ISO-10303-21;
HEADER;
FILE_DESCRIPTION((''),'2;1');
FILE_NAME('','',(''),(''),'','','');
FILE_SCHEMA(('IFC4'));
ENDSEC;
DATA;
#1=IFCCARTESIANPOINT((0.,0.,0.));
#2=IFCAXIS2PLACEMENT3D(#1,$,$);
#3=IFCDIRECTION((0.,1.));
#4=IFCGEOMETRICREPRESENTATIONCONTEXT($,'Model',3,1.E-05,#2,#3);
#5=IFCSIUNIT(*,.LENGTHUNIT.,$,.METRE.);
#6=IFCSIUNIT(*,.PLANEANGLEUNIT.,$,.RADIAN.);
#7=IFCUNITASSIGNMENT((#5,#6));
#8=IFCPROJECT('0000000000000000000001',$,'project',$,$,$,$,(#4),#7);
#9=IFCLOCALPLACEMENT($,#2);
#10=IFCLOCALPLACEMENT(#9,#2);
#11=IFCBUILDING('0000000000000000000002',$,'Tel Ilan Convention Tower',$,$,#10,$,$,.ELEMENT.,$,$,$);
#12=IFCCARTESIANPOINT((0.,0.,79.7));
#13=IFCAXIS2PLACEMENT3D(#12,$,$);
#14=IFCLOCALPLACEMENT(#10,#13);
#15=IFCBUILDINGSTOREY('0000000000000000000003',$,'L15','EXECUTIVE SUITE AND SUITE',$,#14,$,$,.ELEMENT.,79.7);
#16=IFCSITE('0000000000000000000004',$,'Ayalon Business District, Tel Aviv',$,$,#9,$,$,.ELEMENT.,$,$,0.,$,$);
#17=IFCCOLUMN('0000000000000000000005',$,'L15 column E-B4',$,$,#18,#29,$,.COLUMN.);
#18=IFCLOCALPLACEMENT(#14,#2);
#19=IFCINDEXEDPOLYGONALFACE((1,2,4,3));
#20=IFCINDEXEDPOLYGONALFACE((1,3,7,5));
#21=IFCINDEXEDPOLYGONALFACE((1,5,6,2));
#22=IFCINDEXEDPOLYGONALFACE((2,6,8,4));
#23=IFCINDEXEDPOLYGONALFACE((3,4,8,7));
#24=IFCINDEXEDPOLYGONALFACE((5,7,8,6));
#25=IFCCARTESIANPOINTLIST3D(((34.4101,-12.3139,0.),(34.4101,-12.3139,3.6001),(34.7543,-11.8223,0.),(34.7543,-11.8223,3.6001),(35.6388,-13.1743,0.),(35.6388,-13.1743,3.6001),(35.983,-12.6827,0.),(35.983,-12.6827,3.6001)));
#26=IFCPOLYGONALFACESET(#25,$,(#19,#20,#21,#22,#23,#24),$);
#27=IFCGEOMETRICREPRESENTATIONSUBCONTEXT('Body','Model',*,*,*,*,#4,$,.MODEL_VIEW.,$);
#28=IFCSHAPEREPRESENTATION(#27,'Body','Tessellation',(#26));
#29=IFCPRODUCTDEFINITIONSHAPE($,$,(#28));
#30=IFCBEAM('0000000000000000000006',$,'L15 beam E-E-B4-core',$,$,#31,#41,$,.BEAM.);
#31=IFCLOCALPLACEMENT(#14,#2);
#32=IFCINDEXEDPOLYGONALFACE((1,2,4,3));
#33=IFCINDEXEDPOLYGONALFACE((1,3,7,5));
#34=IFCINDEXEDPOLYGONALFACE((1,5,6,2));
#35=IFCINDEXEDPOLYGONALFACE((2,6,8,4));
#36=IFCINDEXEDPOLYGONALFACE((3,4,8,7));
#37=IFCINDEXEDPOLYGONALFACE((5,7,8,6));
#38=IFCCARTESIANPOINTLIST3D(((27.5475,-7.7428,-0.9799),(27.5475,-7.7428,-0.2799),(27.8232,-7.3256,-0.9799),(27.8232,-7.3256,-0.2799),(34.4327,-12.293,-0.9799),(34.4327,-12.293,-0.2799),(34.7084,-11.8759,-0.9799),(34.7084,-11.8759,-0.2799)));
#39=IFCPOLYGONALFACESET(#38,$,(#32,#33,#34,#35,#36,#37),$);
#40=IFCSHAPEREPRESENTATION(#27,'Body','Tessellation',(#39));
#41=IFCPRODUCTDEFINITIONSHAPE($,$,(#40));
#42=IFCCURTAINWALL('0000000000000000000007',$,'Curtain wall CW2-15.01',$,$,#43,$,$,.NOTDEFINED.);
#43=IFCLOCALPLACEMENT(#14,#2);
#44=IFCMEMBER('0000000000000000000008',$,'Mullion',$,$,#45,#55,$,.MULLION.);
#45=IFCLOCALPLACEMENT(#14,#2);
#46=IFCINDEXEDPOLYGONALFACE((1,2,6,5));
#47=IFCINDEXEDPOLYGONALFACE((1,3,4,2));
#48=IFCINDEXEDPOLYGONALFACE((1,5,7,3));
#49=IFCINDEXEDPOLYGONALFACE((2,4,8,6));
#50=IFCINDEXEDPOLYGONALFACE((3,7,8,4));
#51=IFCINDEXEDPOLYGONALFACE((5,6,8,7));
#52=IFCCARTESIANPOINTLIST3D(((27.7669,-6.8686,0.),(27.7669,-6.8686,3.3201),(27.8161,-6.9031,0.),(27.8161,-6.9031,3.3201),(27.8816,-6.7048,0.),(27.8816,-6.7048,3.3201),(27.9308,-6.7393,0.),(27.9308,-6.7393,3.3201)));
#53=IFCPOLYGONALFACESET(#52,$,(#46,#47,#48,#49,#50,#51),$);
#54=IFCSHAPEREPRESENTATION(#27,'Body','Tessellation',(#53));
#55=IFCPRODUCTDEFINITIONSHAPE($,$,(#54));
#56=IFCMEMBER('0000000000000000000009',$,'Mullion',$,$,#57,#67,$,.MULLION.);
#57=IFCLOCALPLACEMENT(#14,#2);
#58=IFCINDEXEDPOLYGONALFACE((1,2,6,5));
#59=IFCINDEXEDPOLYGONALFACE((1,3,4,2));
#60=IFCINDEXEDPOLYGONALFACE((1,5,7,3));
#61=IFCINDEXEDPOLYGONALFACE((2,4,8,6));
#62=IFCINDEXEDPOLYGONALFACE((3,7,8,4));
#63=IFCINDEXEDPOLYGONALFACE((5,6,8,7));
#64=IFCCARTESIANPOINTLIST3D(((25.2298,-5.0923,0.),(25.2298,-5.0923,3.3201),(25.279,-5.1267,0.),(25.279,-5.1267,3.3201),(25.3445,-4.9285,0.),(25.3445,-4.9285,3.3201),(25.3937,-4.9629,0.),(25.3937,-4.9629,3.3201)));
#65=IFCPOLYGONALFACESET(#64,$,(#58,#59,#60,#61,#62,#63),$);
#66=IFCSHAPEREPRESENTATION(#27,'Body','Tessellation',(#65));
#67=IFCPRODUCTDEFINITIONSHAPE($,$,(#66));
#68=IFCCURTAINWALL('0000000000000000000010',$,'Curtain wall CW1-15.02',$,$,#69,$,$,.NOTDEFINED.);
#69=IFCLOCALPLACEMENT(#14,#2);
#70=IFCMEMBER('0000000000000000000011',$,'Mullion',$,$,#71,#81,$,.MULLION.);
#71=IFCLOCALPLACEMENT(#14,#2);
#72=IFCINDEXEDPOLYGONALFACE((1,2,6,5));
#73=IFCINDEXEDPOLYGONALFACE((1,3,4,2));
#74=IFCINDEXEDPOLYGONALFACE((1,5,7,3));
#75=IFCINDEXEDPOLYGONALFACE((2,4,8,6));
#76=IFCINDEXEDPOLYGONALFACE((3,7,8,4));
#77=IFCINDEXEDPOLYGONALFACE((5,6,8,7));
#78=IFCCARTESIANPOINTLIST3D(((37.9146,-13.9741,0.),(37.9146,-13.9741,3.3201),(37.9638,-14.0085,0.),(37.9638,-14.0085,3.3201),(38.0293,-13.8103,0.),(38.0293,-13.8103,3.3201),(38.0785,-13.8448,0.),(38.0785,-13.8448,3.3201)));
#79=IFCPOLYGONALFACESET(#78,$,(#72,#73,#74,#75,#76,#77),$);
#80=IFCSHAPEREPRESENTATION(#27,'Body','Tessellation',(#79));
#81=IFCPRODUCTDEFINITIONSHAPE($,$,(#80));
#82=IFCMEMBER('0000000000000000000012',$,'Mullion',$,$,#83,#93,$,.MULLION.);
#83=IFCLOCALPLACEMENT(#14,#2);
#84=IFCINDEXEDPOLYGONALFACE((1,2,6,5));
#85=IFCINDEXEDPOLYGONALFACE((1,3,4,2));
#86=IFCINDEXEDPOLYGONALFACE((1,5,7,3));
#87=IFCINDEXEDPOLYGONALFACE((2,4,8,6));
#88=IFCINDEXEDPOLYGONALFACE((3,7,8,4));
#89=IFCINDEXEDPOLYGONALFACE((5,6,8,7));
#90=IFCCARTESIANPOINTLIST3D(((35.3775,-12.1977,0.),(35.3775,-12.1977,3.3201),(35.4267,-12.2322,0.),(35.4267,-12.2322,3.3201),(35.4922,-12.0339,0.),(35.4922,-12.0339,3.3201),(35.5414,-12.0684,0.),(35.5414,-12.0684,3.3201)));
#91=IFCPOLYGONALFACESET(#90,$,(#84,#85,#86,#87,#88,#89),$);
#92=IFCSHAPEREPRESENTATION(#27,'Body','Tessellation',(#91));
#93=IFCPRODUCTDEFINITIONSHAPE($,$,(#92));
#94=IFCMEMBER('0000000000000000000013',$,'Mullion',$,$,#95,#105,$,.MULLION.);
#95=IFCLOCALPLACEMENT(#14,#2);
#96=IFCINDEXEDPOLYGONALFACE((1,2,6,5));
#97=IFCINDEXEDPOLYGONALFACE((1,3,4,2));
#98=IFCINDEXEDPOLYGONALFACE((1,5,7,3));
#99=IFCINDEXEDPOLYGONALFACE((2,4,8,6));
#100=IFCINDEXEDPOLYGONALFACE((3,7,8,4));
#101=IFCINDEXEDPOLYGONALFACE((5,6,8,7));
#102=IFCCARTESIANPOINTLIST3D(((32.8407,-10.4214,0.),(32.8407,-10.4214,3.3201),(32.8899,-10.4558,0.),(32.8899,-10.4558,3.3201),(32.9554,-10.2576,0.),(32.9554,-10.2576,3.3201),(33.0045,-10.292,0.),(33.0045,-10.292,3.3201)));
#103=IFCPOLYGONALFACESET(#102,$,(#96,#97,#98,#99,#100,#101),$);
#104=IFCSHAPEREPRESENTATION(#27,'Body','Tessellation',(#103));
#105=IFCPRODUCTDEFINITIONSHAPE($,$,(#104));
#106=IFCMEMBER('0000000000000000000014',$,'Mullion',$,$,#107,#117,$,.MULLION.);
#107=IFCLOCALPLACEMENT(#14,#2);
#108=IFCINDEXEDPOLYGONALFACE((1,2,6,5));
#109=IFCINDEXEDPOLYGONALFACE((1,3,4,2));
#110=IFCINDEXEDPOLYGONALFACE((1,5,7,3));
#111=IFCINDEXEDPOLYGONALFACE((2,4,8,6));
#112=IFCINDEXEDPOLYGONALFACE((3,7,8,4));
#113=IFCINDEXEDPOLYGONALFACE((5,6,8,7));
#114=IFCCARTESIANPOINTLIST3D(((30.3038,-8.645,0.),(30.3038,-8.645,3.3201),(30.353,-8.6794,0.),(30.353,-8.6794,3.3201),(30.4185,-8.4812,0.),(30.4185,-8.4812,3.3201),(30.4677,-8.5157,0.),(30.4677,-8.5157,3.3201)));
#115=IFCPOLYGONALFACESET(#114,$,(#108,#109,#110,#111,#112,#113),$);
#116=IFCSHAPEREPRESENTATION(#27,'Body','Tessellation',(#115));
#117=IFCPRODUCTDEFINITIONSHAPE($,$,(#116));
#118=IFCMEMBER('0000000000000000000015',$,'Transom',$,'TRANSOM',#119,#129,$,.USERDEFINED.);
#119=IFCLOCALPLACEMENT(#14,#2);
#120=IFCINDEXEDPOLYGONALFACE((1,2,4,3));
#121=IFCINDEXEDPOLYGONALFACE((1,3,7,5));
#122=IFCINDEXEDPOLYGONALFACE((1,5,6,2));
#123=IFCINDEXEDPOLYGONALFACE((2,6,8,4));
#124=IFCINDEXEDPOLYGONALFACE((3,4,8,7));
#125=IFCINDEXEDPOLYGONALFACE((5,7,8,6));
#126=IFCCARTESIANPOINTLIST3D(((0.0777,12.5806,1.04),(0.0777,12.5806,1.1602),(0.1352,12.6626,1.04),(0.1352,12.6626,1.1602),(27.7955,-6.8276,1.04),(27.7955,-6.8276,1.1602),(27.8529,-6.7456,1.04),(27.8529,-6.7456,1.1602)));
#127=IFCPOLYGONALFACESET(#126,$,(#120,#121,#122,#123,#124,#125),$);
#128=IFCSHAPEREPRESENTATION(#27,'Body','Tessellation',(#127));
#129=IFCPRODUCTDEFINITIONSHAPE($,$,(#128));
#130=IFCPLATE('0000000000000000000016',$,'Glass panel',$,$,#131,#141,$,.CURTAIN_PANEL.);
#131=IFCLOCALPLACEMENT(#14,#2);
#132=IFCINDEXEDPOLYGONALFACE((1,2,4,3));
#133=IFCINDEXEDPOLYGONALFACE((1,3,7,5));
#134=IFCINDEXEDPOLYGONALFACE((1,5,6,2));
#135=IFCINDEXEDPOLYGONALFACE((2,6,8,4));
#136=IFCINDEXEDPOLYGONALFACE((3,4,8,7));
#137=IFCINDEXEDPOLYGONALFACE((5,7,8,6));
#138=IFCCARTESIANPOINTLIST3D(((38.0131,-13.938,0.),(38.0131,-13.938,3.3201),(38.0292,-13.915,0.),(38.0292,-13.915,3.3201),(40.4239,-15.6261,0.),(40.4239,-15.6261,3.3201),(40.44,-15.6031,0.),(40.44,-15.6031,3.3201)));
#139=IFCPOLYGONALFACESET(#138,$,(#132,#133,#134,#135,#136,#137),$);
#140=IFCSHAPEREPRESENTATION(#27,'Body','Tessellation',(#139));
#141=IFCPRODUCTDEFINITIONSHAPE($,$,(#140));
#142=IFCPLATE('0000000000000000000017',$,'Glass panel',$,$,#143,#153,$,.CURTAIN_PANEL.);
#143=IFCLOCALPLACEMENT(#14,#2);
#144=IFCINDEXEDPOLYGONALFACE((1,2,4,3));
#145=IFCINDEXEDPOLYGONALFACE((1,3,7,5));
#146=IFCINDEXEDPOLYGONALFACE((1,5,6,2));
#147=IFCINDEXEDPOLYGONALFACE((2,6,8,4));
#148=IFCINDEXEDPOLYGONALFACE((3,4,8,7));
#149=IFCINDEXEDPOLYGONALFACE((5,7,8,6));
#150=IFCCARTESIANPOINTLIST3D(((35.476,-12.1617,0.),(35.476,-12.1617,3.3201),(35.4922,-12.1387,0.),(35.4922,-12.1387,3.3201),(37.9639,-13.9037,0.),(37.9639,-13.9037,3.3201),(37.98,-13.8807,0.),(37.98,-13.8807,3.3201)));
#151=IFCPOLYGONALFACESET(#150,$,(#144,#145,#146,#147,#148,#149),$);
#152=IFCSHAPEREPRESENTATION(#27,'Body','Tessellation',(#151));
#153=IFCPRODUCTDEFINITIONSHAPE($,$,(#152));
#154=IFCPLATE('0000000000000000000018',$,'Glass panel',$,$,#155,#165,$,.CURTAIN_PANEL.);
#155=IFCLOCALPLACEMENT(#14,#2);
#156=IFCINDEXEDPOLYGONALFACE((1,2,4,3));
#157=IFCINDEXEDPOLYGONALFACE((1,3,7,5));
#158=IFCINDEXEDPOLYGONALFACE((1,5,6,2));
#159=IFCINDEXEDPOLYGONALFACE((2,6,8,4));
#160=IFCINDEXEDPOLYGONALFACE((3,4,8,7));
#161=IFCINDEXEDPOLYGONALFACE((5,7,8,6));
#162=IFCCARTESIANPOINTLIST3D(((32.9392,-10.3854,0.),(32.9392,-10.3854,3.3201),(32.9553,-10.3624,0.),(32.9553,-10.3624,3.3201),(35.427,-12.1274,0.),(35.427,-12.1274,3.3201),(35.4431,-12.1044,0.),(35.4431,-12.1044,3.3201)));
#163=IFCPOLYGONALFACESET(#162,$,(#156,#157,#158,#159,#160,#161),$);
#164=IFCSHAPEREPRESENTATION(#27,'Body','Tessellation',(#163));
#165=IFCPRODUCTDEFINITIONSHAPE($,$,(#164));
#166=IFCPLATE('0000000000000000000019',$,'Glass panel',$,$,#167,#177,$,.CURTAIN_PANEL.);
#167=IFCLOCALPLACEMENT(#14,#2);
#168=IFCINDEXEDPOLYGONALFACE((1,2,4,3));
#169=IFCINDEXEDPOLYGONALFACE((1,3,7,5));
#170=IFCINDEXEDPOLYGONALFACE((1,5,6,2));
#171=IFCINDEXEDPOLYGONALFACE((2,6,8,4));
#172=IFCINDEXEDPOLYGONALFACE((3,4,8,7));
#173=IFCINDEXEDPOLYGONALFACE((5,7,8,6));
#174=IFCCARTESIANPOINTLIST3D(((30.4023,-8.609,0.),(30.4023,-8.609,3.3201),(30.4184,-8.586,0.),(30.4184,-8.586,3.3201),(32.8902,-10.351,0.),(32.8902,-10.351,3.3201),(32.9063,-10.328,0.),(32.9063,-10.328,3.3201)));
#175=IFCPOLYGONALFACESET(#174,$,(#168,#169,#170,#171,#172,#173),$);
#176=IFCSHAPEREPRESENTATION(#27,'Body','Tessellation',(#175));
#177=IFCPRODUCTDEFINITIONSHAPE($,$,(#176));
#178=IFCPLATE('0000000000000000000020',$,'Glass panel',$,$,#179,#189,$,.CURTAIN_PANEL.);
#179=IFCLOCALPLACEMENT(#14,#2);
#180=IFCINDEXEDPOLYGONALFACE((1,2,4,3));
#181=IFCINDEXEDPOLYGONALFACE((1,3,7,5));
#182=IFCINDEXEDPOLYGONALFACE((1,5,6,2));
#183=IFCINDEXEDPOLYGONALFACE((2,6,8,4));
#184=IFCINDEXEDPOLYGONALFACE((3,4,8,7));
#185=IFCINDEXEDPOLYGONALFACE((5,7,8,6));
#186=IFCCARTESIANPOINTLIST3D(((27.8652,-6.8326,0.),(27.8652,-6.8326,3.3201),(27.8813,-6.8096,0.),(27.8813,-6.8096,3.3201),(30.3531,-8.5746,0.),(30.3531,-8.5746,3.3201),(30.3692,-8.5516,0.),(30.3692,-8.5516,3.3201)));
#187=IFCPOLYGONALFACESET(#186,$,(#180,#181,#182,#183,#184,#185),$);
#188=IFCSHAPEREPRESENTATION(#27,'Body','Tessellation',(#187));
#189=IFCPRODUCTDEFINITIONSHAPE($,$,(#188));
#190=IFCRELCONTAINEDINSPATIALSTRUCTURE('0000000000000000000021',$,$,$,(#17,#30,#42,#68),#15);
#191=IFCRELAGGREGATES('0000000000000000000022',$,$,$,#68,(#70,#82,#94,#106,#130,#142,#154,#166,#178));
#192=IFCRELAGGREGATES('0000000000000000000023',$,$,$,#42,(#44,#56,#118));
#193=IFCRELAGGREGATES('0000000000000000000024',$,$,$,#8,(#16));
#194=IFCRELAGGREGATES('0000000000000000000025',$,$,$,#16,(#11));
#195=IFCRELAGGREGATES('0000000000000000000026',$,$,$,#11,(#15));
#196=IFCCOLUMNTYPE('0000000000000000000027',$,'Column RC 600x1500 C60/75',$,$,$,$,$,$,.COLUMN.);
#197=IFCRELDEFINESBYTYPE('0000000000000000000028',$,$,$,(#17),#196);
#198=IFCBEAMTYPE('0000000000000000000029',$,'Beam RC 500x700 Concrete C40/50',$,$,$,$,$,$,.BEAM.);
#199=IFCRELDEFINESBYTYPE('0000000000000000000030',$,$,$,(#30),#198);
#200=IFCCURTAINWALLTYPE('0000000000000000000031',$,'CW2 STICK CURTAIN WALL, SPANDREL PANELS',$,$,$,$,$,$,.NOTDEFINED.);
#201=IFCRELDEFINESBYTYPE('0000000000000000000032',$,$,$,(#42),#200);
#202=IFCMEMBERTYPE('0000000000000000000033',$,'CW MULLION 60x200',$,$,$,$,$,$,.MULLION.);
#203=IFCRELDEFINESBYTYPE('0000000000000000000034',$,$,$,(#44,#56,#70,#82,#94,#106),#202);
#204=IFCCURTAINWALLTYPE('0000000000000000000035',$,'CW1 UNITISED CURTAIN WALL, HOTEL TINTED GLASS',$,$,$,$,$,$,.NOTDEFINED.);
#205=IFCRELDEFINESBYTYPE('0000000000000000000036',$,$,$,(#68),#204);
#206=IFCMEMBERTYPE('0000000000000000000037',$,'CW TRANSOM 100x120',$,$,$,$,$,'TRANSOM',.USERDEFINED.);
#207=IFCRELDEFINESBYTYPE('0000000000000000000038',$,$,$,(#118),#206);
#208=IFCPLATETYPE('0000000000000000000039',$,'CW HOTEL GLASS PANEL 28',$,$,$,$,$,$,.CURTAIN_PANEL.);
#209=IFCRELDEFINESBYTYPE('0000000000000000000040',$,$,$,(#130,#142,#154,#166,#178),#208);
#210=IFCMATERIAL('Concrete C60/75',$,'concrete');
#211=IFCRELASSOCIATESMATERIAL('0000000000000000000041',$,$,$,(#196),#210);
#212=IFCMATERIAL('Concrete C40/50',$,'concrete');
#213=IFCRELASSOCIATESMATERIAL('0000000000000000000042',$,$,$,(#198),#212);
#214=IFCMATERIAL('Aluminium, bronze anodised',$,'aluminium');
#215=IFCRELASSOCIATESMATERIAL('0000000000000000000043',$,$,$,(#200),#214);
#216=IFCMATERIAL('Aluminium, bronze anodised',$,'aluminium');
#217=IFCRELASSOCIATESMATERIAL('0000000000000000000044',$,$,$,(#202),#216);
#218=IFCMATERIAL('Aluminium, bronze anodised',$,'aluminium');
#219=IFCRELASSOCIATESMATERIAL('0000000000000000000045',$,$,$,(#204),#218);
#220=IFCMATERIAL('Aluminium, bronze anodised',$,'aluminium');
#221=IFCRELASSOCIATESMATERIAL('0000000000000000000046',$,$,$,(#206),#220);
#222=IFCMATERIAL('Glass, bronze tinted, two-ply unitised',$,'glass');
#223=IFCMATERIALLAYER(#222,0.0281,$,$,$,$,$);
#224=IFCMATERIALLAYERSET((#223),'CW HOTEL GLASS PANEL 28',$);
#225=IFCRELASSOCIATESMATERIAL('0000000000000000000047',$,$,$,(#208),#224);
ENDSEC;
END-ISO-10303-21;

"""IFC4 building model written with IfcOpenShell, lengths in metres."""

from ifc_helpers import new_model, si_unit, direction, frame, origin, origin_2d, place, context, subcontext, project, spatial, rectangle, extrude, material, layer, layer_set, material_profile, profile_set, type_object, element, aggregate, save


model = new_model("IFC4")

# Units and contexts
model_context = context("Model", 3, precision=1e-05, world=origin(), true_north=direction((0.0, 1.0)))
body_context = subcontext(model_context, "Body", "Model", "MODEL_VIEW")
ifc_project = project(units=[si_unit("LENGTHUNIT", "METRE"), si_unit("PLANEANGLEUNIT", "RADIAN")], contexts=[model_context])

# Site, building, storey
site_placement = place(None, origin())
site = spatial("IfcSite", under=ifc_project, at=site_placement, Name="Ayalon Business District, Tel Aviv", CompositionType="ELEMENT", RefElevation=0.0)
building_placement = place(site_placement, origin())
building = spatial("IfcBuilding", under=site, at=building_placement, Name="Tel Ilan Convention Tower", CompositionType="ELEMENT")
storey_placement = place(building_placement, frame((0.0, 0.0, 79.7)))
storey = spatial("IfcBuildingStorey", under=building, at=storey_placement, Name="L15", Description="EXECUTIVE SUITE AND SUITE", CompositionType="ELEMENT", Elevation=79.7)

# Column
ifc_material_1 = material(Name="Concrete C60/75", Category="concrete")
ifc_material_profile_1 = material_profile(ifc_material_1, rectangle(XDim=1.5, YDim=0.6001, at=origin_2d()), Name="RC 600x1500")
ifc_profile_set_1 = profile_set([ifc_material_profile_1], Name="Concrete C60/75")
column_type = type_object("IfcColumnType", Name="Column RC 600x1500 C60/75", PredefinedType="COLUMN", material=ifc_profile_set_1)
column_placement = place(storey_placement, frame((35.1965, -12.4983, 0.0), z_axis=(0.0, 0.0, 1.0), x_axis=(0.819152, -0.573576, 0.0)))
element("IfcColumn", 1, at=column_placement, inside=storey, type_object=column_type, Name="L15 column E-B4", PredefinedType="COLUMN", context=body_context, shape_type="SweptSolid", body=[
    extrude(rectangle(XDim=1.5, YDim=0.6001, at=origin_2d()), origin(), (0.0, 0.0, 1.0), 3.6001),
])

# Beam
ifc_material_2 = material(Name="Concrete C40/50", Category="concrete")
ifc_material_profile_2 = material_profile(ifc_material_2, rectangle(XDim=0.5, YDim=0.7, at=origin_2d()), Name="RC 500x700")
ifc_profile_set_2 = profile_set([ifc_material_profile_2], Name="Concrete C40/50")
beam_type = type_object("IfcBeamType", Name="Beam RC 500x700 Concrete C40/50", PredefinedType="BEAM", material=ifc_profile_set_2)
beam_placement = place(storey_placement, frame((34.5706, -12.0845, -0.6299), z_axis=(-0.834274, 0.551351, 0.0), x_axis=(-0.551351, -0.834274, 0.0)))
element("IfcBeam", 2, at=beam_placement, inside=storey, type_object=beam_type, Name="L15 beam E-E-B4-core", PredefinedType="BEAM", context=body_context, shape_type="SweptSolid", body=[
    extrude(rectangle(XDim=0.5, YDim=0.7, at=origin_2d()), origin(), (0.0, 0.0, 1.0), 8.2529),
])

# Curtain walls, members
ifc_material_3 = material(Name="Aluminium, bronze anodised", Category="aluminium")
curtain_wall_type_1 = type_object("IfcCurtainWallType", Name="CW2 STICK CURTAIN WALL, SPANDREL PANELS", PredefinedType="NOTDEFINED", material=ifc_material_3)
curtain_wall_1_placement = place(storey_placement, origin())
curtain_wall_1 = element("IfcCurtainWall", 3, at=curtain_wall_1_placement, inside=storey, type_object=curtain_wall_type_1, Name="Curtain wall CW2-15.01", PredefinedType="NOTDEFINED")
ifc_material_4 = material(Name="Aluminium, bronze anodised", Category="aluminium")
ifc_material_profile_3 = material_profile(ifc_material_4, rectangle(XDim=0.0601, YDim=0.2, at=origin_2d()), Name="CW MULLION 60x200")
ifc_profile_set_3 = profile_set([ifc_material_profile_3], Name="Aluminium, bronze anodised")
member_type_1 = type_object("IfcMemberType", Name="CW MULLION 60x200", PredefinedType="MULLION", material=ifc_profile_set_3)
member_1_placement = place(storey_placement, frame((27.8489, -6.804, 0.0), z_axis=(0.0, 0.0, 1.0), x_axis=(-0.819152, 0.573576, 0.0)))
member_1 = element("IfcMember", 4, at=member_1_placement, type_object=member_type_1, Name="Mullion", PredefinedType="MULLION", context=body_context, shape_type="SweptSolid", body=[
    extrude(rectangle(XDim=0.0601, YDim=0.2, at=origin_2d()), origin(), (0.0, 0.0, 1.0), 3.3201),
])
member_2_placement = place(storey_placement, frame((25.3118, -5.0276, 0.0), z_axis=(0.0, 0.0, 1.0), x_axis=(-0.819152, 0.573576, 0.0)))
member_2 = element("IfcMember", 5, at=member_2_placement, type_object=member_type_1, Name="Mullion", PredefinedType="MULLION", context=body_context, shape_type="SweptSolid", body=[
    extrude(rectangle(XDim=0.0601, YDim=0.2, at=origin_2d()), origin(), (0.0, 0.0, 1.0), 3.3201),
])
ifc_material_5 = material(Name="Aluminium, bronze anodised", Category="aluminium")
curtain_wall_type_2 = type_object("IfcCurtainWallType", Name="CW1 UNITISED CURTAIN WALL, HOTEL TINTED GLASS", PredefinedType="NOTDEFINED", material=ifc_material_5)
curtain_wall_2_placement = place(storey_placement, origin())
curtain_wall_2 = element("IfcCurtainWall", 6, at=curtain_wall_2_placement, inside=storey, type_object=curtain_wall_type_2, Name="Curtain wall CW1-15.02", PredefinedType="NOTDEFINED")
member_3_placement = place(storey_placement, frame((37.9966, -13.9094, 0.0), z_axis=(0.0, 0.0, 1.0), x_axis=(-0.819152, 0.573576, 0.0)))
member_3 = element("IfcMember", 7, at=member_3_placement, type_object=member_type_1, Name="Mullion", PredefinedType="MULLION", context=body_context, shape_type="SweptSolid", body=[
    extrude(rectangle(XDim=0.0601, YDim=0.2, at=origin_2d()), origin(), (0.0, 0.0, 1.0), 3.3201),
])
member_4_placement = place(storey_placement, frame((35.4595, -12.1331, 0.0), z_axis=(0.0, 0.0, 1.0), x_axis=(-0.819152, 0.573576, 0.0)))
member_4 = element("IfcMember", 8, at=member_4_placement, type_object=member_type_1, Name="Mullion", PredefinedType="MULLION", context=body_context, shape_type="SweptSolid", body=[
    extrude(rectangle(XDim=0.0601, YDim=0.2, at=origin_2d()), origin(), (0.0, 0.0, 1.0), 3.3201),
])
member_5_placement = place(storey_placement, frame((32.9226, -10.3567, 0.0), z_axis=(0.0, 0.0, 1.0), x_axis=(-0.819152, 0.573576, 0.0)))
member_5 = element("IfcMember", 9, at=member_5_placement, type_object=member_type_1, Name="Mullion", PredefinedType="MULLION", context=body_context, shape_type="SweptSolid", body=[
    extrude(rectangle(XDim=0.0601, YDim=0.2, at=origin_2d()), origin(), (0.0, 0.0, 1.0), 3.3201),
])
member_6_placement = place(storey_placement, frame((30.3857, -8.5803, 0.0), z_axis=(0.0, 0.0, 1.0), x_axis=(-0.819152, 0.573576, 0.0)))
member_6 = element("IfcMember", 10, at=member_6_placement, type_object=member_type_1, Name="Mullion", PredefinedType="MULLION", context=body_context, shape_type="SweptSolid", body=[
    extrude(rectangle(XDim=0.0601, YDim=0.2, at=origin_2d()), origin(), (0.0, 0.0, 1.0), 3.3201),
])

# Member
ifc_material_6 = material(Name="Aluminium, bronze anodised", Category="aluminium")
ifc_material_profile_4 = material_profile(ifc_material_6, rectangle(XDim=0.1001, YDim=0.1201, at=origin_2d()), Name="CW TRANSOM 100x120")
ifc_profile_set_4 = profile_set([ifc_material_profile_4], Name="Aluminium, bronze anodised")
member_type_2 = type_object("IfcMemberType", Name="CW TRANSOM 100x120", ElementType="TRANSOM", PredefinedType="USERDEFINED", material=ifc_profile_set_4)
member_7_placement = place(storey_placement, frame((27.8242, -6.7866, 1.1001), z_axis=(-0.819152, 0.573577, 0.0), x_axis=(-0.573577, -0.819152, 0.0)))
member_7 = element("IfcMember", 11, at=member_7_placement, type_object=member_type_2, Name="Transom", ObjectType="TRANSOM", PredefinedType="USERDEFINED", context=body_context, shape_type="SweptSolid", body=[
    extrude(rectangle(XDim=0.1001, YDim=0.1201, at=origin_2d()), origin(), (0.0, 0.0, 1.0), 33.8372),
])

# Plates
ifc_material_7 = material(Name="Glass, bronze tinted, two-ply unitised", Category="glass")
ifc_layer_1 = layer(ifc_material_7, 0.0281)
ifc_layer_set_1 = layer_set([ifc_layer_1], Name="CW HOTEL GLASS PANEL 28")
plate_type_1 = type_object("IfcPlateType", Name="CW HOTEL GLASS PANEL 28", PredefinedType="CURTAIN_PANEL", material=ifc_layer_set_1)
plate_1_placement = place(storey_placement, frame((39.2266, -14.7705, 0.0), z_axis=(0.0, 0.0, 1.0), x_axis=(-0.819152, 0.573576, 0.0)))
plate_1 = element("IfcPlate", 12, at=plate_1_placement, type_object=plate_type_1, Name="Glass panel", PredefinedType="CURTAIN_PANEL", context=body_context, shape_type="SweptSolid", body=[
    extrude(rectangle(XDim=2.9431, YDim=0.0281, at=origin_2d()), origin(), (0.0, 0.0, 1.0), 3.3201),
])
plate_2_placement = place(storey_placement, frame((36.728, -13.0212, 0.0), z_axis=(0.0, 0.0, 1.0), x_axis=(-0.819152, 0.573576, 0.0)))
plate_2 = element("IfcPlate", 13, at=plate_2_placement, type_object=plate_type_1, Name="Glass panel", PredefinedType="CURTAIN_PANEL", context=body_context, shape_type="SweptSolid", body=[
    extrude(rectangle(XDim=3.0371, YDim=0.0281, at=origin_2d()), origin(), (0.0, 0.0, 1.0), 3.3201),
])
plate_3_placement = place(storey_placement, frame((34.1912, -11.2449, 0.0), z_axis=(0.0, 0.0, 1.0), x_axis=(-0.819152, 0.573576, 0.0)))
plate_3 = element("IfcPlate", 14, at=plate_3_placement, type_object=plate_type_1, Name="Glass panel", PredefinedType="CURTAIN_PANEL", context=body_context, shape_type="SweptSolid", body=[
    extrude(rectangle(XDim=3.0371, YDim=0.0281, at=origin_2d()), origin(), (0.0, 0.0, 1.0), 3.3201),
])
plate_4_placement = place(storey_placement, frame((31.6543, -9.4685, 0.0), z_axis=(0.0, 0.0, 1.0), x_axis=(-0.819152, 0.573576, 0.0)))
plate_4 = element("IfcPlate", 15, at=plate_4_placement, type_object=plate_type_1, Name="Glass panel", PredefinedType="CURTAIN_PANEL", context=body_context, shape_type="SweptSolid", body=[
    extrude(rectangle(XDim=3.0371, YDim=0.0281, at=origin_2d()), origin(), (0.0, 0.0, 1.0), 3.3201),
])
plate_5_placement = place(storey_placement, frame((29.1172, -7.6921, 0.0), z_axis=(0.0, 0.0, 1.0), x_axis=(-0.819152, 0.573576, 0.0)))
plate_5 = element("IfcPlate", 16, at=plate_5_placement, type_object=plate_type_1, Name="Glass panel", PredefinedType="CURTAIN_PANEL", context=body_context, shape_type="SweptSolid", body=[
    extrude(rectangle(XDim=3.0371, YDim=0.0281, at=origin_2d()), origin(), (0.0, 0.0, 1.0), 3.3201),
])
aggregate(curtain_wall_2, [member_3, member_4, member_5, member_6, plate_1, plate_2, plate_3, plate_4, plate_5])
aggregate(curtain_wall_1, [member_1, member_2, member_7])

save(model, "model.ifc")
